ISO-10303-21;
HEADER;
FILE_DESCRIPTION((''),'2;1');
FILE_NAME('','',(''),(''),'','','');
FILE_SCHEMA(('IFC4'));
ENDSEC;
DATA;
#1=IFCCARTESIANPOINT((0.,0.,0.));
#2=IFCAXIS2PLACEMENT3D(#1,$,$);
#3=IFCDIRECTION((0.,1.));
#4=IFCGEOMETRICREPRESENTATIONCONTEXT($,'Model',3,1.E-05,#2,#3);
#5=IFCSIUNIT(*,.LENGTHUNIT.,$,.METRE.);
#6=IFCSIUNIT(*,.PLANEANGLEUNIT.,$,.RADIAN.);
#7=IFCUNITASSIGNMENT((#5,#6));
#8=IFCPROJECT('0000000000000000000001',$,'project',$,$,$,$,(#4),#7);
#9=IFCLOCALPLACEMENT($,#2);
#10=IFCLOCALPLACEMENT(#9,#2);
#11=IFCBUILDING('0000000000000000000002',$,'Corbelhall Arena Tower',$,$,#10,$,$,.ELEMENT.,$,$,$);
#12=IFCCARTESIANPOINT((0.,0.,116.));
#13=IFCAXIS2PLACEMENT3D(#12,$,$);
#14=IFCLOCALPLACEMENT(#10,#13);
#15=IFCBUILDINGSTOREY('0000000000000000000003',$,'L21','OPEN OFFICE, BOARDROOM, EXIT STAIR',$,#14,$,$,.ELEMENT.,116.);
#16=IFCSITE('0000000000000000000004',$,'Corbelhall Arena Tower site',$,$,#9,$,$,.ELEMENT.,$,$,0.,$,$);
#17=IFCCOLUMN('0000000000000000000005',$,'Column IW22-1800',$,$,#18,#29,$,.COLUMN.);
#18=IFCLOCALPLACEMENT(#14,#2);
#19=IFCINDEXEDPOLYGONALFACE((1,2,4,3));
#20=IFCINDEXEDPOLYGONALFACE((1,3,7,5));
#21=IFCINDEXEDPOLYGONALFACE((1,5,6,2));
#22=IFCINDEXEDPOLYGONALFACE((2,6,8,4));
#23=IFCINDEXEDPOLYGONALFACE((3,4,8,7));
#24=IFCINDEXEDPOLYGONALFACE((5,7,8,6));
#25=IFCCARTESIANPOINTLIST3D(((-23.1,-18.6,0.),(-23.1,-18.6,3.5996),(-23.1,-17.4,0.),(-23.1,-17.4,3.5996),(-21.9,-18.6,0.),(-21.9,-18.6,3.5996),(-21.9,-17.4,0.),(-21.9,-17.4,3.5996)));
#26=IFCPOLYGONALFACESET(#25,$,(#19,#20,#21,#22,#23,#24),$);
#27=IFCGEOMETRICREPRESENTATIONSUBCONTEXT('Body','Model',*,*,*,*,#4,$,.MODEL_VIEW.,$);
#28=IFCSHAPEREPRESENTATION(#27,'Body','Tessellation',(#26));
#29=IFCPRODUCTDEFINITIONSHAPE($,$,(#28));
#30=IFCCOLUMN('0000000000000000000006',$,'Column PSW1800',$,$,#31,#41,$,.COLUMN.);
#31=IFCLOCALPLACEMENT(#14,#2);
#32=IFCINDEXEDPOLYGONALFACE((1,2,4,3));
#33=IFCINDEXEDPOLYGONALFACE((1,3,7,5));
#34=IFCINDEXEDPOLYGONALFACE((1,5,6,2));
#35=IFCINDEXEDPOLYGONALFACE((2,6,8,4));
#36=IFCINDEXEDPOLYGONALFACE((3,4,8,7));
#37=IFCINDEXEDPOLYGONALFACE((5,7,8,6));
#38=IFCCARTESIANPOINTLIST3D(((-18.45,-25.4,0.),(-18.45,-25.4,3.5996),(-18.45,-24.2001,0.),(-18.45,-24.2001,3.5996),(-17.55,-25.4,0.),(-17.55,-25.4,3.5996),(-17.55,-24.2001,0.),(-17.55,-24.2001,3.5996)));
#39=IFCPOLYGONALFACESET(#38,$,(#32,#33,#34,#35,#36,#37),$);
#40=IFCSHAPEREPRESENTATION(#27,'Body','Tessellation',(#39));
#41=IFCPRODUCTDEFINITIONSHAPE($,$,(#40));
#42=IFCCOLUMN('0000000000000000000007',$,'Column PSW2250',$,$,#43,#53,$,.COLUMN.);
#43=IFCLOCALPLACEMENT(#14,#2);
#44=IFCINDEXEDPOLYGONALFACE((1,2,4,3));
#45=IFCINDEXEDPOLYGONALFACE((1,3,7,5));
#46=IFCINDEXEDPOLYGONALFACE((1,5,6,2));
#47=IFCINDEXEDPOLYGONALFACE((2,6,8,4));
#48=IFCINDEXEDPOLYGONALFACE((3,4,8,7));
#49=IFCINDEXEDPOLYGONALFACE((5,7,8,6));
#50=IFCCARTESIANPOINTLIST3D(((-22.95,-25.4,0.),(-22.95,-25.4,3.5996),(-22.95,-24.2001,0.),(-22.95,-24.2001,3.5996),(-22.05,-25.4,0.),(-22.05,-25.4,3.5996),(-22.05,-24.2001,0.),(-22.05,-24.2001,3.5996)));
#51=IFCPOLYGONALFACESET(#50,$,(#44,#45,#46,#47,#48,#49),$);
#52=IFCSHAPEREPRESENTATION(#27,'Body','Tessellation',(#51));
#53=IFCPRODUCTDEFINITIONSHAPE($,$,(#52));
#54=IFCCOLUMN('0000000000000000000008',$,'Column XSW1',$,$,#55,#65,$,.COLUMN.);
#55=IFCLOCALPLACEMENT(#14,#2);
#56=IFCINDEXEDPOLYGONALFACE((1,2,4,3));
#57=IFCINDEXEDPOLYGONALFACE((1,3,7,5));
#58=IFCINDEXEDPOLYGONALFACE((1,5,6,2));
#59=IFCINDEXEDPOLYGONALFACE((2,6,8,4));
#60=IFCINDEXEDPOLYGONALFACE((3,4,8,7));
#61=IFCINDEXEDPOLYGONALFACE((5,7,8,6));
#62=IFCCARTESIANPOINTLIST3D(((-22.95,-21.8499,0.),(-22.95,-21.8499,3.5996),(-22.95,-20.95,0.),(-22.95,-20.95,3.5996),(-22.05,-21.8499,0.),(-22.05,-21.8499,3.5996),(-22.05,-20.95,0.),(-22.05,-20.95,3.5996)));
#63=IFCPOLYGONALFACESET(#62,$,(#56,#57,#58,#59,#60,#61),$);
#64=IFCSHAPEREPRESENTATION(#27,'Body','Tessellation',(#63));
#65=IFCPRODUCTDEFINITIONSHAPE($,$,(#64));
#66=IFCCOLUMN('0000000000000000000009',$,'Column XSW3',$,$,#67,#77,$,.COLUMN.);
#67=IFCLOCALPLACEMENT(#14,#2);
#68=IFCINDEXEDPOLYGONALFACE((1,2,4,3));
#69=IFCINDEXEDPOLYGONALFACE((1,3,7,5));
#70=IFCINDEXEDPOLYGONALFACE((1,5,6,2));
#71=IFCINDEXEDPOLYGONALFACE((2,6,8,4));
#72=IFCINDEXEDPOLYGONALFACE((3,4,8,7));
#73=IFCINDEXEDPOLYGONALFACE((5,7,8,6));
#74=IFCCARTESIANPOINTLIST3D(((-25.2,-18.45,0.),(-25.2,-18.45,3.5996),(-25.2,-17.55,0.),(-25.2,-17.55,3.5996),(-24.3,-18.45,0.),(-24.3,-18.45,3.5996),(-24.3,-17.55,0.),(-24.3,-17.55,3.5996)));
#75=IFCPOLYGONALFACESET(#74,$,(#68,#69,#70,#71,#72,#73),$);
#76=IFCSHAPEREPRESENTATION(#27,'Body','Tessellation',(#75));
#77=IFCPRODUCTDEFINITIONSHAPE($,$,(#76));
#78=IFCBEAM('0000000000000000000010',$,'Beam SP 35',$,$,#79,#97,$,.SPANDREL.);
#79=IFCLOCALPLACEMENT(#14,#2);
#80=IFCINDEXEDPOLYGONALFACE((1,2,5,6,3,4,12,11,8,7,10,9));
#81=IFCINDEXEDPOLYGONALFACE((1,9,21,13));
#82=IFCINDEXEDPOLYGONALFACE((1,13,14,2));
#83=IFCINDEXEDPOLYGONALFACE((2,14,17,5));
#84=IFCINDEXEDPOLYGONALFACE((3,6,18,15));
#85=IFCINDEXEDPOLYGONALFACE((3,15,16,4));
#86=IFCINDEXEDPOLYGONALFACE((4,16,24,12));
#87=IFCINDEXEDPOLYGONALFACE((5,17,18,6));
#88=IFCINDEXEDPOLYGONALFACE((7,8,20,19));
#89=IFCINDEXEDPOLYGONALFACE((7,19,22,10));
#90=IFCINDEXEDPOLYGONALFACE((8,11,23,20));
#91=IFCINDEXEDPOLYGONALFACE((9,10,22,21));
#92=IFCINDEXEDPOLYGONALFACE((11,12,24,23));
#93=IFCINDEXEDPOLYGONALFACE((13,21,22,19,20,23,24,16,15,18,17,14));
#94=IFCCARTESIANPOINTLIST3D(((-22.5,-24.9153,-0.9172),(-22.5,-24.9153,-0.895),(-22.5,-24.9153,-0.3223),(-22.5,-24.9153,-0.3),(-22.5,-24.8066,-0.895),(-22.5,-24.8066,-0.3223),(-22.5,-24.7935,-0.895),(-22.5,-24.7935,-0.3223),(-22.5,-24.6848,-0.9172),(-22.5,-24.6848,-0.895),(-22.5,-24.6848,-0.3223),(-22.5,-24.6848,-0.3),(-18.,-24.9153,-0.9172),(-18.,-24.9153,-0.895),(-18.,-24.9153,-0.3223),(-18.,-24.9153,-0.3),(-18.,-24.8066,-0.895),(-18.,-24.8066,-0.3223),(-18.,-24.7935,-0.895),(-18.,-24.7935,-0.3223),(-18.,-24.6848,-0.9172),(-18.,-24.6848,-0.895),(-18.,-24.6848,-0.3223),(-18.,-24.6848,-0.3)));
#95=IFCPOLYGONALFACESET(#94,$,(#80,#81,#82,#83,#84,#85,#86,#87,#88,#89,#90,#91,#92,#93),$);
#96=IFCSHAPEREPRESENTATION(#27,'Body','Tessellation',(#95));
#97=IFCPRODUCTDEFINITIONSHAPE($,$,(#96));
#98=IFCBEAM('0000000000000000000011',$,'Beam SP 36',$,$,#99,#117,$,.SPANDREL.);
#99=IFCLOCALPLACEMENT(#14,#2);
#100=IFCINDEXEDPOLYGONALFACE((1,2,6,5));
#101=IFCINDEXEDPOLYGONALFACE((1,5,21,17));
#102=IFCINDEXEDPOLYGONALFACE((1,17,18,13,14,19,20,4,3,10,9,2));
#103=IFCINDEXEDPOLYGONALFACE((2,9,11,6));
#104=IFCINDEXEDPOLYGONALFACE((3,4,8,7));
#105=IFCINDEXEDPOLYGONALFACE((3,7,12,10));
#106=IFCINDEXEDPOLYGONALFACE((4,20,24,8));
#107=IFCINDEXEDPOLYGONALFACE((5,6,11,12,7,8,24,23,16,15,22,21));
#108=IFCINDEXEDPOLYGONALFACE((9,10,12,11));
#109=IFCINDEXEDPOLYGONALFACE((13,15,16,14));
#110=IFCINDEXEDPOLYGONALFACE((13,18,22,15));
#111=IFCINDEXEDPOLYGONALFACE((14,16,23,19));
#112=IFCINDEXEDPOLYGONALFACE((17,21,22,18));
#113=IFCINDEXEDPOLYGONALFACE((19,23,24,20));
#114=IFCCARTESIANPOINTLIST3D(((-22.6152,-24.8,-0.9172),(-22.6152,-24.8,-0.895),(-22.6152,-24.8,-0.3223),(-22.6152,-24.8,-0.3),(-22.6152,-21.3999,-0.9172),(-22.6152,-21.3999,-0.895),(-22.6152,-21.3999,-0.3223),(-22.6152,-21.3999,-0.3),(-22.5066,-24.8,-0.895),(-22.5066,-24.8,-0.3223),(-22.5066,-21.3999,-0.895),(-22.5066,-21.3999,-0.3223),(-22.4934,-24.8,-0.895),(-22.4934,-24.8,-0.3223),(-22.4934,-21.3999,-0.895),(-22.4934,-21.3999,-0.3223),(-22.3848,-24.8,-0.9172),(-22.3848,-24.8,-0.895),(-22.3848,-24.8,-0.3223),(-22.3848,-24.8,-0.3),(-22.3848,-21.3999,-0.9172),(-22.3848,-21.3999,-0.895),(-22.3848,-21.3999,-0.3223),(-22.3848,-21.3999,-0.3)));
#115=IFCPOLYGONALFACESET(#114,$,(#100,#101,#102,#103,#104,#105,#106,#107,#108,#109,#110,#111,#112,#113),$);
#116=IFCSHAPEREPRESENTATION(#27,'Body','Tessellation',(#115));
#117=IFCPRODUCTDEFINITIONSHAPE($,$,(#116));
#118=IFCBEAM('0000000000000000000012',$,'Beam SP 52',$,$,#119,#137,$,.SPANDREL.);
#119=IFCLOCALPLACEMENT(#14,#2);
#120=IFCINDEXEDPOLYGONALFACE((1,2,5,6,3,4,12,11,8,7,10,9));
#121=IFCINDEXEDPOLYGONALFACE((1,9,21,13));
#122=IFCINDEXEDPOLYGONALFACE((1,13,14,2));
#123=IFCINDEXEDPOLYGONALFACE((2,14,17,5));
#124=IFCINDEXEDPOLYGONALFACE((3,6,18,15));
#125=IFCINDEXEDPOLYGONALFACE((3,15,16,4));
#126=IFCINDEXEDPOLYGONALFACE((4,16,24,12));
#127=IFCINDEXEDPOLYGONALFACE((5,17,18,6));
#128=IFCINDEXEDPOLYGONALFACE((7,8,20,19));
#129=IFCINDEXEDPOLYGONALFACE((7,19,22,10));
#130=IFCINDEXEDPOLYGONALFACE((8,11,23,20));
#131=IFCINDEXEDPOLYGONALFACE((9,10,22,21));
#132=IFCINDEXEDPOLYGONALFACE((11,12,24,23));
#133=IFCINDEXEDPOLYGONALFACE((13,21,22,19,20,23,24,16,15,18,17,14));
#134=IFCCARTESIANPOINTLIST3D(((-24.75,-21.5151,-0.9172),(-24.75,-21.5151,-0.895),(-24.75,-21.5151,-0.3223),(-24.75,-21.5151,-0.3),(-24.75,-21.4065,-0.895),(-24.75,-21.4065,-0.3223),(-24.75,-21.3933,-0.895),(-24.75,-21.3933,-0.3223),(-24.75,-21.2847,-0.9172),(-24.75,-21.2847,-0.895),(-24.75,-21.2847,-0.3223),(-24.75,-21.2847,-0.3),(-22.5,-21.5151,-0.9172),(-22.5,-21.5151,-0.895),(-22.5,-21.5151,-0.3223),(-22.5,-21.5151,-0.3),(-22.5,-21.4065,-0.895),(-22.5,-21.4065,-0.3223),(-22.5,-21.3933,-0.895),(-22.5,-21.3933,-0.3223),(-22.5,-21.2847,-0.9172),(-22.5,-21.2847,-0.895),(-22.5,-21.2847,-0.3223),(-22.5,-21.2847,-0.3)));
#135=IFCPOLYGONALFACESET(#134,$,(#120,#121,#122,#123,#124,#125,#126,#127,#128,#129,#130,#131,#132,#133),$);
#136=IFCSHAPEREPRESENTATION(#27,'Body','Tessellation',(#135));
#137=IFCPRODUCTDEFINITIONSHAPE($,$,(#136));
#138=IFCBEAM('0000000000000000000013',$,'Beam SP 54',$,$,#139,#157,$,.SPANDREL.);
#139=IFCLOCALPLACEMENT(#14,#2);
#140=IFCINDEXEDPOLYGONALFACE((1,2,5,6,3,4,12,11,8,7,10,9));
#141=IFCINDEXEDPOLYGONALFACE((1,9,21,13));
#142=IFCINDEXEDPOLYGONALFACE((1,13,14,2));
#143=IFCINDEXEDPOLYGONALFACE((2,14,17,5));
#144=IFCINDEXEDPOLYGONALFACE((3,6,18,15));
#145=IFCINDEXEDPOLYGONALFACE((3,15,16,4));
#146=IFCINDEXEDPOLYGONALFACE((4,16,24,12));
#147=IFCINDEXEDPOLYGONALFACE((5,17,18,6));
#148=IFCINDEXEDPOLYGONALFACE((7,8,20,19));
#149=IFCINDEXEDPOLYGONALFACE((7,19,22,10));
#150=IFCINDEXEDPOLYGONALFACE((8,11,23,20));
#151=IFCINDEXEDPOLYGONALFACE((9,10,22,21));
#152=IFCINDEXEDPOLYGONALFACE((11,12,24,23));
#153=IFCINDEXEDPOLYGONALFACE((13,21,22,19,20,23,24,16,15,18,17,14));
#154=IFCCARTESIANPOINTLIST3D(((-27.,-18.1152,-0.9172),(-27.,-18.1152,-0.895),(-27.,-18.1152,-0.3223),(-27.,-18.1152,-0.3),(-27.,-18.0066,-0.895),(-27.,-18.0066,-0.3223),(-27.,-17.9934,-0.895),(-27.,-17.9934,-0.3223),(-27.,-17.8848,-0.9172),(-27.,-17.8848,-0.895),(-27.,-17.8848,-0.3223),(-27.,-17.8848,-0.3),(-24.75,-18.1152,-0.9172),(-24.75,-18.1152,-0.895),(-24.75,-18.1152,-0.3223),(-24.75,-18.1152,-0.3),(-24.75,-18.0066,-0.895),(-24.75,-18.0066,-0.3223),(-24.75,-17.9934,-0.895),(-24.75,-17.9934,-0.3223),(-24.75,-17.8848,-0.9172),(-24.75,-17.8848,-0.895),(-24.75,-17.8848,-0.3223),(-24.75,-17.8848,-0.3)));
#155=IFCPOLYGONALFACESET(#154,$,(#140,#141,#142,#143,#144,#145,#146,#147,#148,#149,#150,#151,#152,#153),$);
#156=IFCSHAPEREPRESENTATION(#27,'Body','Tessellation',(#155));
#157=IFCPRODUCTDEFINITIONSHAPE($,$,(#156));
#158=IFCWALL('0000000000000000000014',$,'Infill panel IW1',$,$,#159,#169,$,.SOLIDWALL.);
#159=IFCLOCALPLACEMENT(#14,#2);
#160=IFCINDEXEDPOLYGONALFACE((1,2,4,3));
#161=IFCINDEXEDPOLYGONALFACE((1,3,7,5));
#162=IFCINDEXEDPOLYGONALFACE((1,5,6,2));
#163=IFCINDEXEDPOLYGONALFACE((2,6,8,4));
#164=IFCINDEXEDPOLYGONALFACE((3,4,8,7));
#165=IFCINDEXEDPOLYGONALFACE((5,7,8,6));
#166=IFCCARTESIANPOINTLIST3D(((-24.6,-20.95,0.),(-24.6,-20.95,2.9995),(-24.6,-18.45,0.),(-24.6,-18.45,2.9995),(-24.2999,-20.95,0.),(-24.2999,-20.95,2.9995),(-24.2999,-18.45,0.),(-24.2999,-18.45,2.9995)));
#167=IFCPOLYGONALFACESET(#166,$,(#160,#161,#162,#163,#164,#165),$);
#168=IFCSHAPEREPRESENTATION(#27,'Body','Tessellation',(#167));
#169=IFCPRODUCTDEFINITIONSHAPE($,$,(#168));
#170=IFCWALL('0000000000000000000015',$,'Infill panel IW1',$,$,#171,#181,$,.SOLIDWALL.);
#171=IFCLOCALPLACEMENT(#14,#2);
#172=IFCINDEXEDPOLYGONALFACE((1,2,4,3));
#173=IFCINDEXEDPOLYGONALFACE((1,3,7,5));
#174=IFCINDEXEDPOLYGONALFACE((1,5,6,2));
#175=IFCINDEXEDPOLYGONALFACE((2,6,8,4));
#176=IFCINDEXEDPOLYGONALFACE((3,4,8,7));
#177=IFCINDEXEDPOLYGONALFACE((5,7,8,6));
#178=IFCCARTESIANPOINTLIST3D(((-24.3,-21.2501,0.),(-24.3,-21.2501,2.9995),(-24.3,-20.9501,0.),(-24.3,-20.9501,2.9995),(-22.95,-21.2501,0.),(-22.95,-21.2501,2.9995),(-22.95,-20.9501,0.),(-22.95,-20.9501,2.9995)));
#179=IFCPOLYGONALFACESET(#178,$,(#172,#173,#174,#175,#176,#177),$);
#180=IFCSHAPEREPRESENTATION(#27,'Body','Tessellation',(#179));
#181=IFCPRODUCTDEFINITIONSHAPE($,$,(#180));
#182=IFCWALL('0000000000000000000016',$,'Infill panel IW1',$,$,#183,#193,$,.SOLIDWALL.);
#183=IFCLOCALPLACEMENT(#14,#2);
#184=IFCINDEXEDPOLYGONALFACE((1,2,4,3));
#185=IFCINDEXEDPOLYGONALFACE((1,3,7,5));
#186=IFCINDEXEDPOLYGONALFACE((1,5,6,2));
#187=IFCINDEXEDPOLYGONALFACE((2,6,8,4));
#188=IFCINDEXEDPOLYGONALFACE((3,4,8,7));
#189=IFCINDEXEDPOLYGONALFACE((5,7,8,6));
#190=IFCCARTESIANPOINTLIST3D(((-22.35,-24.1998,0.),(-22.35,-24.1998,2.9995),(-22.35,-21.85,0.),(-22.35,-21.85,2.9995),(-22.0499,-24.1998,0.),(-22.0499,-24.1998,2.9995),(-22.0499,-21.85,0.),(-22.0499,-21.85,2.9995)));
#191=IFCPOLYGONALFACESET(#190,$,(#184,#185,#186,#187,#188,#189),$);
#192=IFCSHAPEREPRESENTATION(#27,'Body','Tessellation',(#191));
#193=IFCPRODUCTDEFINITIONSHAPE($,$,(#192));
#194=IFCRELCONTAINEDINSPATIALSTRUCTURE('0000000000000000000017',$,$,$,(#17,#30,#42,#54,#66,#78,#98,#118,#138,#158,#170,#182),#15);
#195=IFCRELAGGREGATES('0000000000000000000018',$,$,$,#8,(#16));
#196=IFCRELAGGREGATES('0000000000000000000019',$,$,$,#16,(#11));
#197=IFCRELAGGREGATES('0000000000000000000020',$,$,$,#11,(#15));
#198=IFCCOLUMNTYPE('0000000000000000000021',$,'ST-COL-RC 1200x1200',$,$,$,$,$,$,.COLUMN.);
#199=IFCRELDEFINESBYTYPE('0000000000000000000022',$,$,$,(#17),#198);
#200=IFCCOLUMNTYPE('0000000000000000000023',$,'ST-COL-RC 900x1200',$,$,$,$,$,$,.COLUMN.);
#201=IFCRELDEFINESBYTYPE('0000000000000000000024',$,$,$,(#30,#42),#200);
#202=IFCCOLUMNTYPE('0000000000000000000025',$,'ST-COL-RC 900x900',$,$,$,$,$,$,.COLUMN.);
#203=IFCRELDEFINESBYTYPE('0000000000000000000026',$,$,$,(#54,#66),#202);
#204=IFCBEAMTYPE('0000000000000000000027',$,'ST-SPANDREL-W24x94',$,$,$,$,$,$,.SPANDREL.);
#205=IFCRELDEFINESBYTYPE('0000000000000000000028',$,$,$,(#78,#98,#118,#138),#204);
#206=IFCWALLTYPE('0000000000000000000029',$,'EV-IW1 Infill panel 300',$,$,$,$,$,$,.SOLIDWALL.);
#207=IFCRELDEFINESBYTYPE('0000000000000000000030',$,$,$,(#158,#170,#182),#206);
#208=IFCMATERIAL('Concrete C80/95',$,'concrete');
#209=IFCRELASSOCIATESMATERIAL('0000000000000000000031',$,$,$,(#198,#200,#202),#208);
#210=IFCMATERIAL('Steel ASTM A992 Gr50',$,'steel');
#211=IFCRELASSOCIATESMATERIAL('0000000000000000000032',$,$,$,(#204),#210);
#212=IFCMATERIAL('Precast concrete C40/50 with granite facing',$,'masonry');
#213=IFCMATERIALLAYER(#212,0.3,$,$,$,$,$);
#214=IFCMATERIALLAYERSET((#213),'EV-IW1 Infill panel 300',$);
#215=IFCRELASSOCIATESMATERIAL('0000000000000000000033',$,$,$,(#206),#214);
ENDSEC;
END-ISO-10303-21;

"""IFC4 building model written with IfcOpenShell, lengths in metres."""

from ifc_helpers import new_model, si_unit, direction, frame, frame_2d, origin, origin_2d, place, context, subcontext, project, spatial, rectangle, i_section, extrude, material, layer, layer_set, material_profile, profile_set, type_object, element, save


model = new_model("IFC4")

# Units and contexts
model_context = context("Model", 3, precision=1e-05, world=origin(), true_north=direction((0.0, 1.0)))
body_context = subcontext(model_context, "Body", "Model", "MODEL_VIEW")
ifc_project = project(units=[si_unit("LENGTHUNIT", "METRE"), si_unit("PLANEANGLEUNIT", "RADIAN")], contexts=[model_context])

# Site, building, storey
site_placement = place(None, origin())
site = spatial("IfcSite", under=ifc_project, at=site_placement, Name="Corbelhall Arena Tower site", CompositionType="ELEMENT", RefElevation=0.0)
building_placement = place(site_placement, origin())
building = spatial("IfcBuilding", under=site, at=building_placement, Name="Corbelhall Arena Tower", CompositionType="ELEMENT")
storey_placement = place(building_placement, frame((0.0, 0.0, 116.0)))
storey = spatial("IfcBuildingStorey", under=building, at=storey_placement, Name="L21", Description="OPEN OFFICE, BOARDROOM, EXIT STAIR", CompositionType="ELEMENT", Elevation=116.0)

# Columns
ifc_material_1 = material(Name="Concrete C80/95", Category="concrete")
ifc_material_profile_1 = material_profile(ifc_material_1, rectangle(XDim=1.2, YDim=1.2, at=origin_2d()))
ifc_profile_set_1 = profile_set([ifc_material_profile_1], Name="Concrete C80/95")
column_type_1 = type_object("IfcColumnType", Name="ST-COL-RC 1200x1200", PredefinedType="COLUMN", material=ifc_profile_set_1)
column_placement = place(storey_placement, frame((-22.5, -18.0, 0.0), z_axis=(0.0, 0.0, 1.0), x_axis=(1.0, 0.0, 0.0)))
element("IfcColumn", 1, at=column_placement, inside=storey, type_object=column_type_1, Name="Column IW22-1800", PredefinedType="COLUMN", context=body_context, shape_type="SweptSolid", body=[
    extrude(rectangle(XDim=1.2, YDim=1.2, at=origin_2d()), origin(), (0.0, 0.0, 1.0), 3.5996),
])
ifc_material_profile_2 = material_profile(ifc_material_1, rectangle(XDim=0.8999, YDim=1.2, at=origin_2d()))
ifc_profile_set_2 = profile_set([ifc_material_profile_2], Name="Concrete C80/95")
column_type_2 = type_object("IfcColumnType", Name="ST-COL-RC 900x1200", PredefinedType="COLUMN", material=ifc_profile_set_2)
for number, where, z_axis, x_axis, name in (
    (2, (-18.0, -24.8, 0.0), (0.0, 0.0, 1.0), (1.0, 0.0, 0.0), "Column PSW1800"),
    (3, (-22.5, -24.8, 0.0), (0.0, 0.0, 1.0), (1.0, 0.0, 0.0), "Column PSW2250"),
):
    element("IfcColumn", number, at=place(storey_placement, frame(where, z_axis=z_axis, x_axis=x_axis)), inside=storey, type_object=column_type_2, Name=name, PredefinedType="COLUMN", context=body_context, shape_type="SweptSolid", body=[
        extrude(rectangle(XDim=0.8999, YDim=1.2, at=origin_2d()), origin(), (0.0, 0.0, 1.0), 3.5996),
    ])
ifc_material_profile_3 = material_profile(ifc_material_1, rectangle(XDim=0.8999, YDim=0.8999, at=origin_2d()))
ifc_profile_set_3 = profile_set([ifc_material_profile_3], Name="Concrete C80/95")
column_type_3 = type_object("IfcColumnType", Name="ST-COL-RC 900x900", PredefinedType="COLUMN", material=ifc_profile_set_3)
for number, where, z_axis, x_axis, name in (
    (4, (-22.5, -21.3999, 0.0), (0.0, 0.0, 1.0), (1.0, 0.0, 0.0), "Column XSW1"),
    (5, (-24.75, -18.0, 0.0), (0.0, 0.0, 1.0), (1.0, 0.0, 0.0), "Column XSW3"),
):
    element("IfcColumn", number, at=place(storey_placement, frame(where, z_axis=z_axis, x_axis=x_axis)), inside=storey, type_object=column_type_3, Name=name, PredefinedType="COLUMN", context=body_context, shape_type="SweptSolid", body=[
        extrude(rectangle(XDim=0.8999, YDim=0.8999, at=origin_2d()), origin(), (0.0, 0.0, 1.0), 3.5996),
    ])

# Beams
ifc_material_2 = material(Name="Steel ASTM A992 Gr50", Category="steel")
ifc_material_profile_4 = material_profile(ifc_material_2, i_section(OverallWidth=0.2305, OverallDepth=0.6172, WebThickness=0.0132, FlangeThickness=0.0222, at=origin_2d()))
ifc_profile_set_4 = profile_set([ifc_material_profile_4], Name="Steel ASTM A992 Gr50")
beam_type = type_object("IfcBeamType", Name="ST-SPANDREL-W24x94", PredefinedType="SPANDREL", material=ifc_profile_set_4)
beam_1_placement = place(storey_placement, frame((-18.0, -24.8, -0.6086), z_axis=(-1.0, 0.0, 0.0), x_axis=(0.0, -1.0, 0.0)))
element("IfcBeam", 6, at=beam_1_placement, inside=storey, type_object=beam_type, Name="Beam SP 35", PredefinedType="SPANDREL", context=body_context, shape_type="SweptSolid", body=[
    extrude(i_section(OverallWidth=0.2305, OverallDepth=0.6172, WebThickness=0.0132, FlangeThickness=0.0222, at=origin_2d()), origin(), (0.0, 0.0, 1.0), 4.5),
])
beam_2_placement = place(storey_placement, frame((-22.5, -24.8, -0.6086), z_axis=(0.0, 1.0, 0.0), x_axis=(-1.0, 0.0, 0.0)))
element("IfcBeam", 7, at=beam_2_placement, inside=storey, type_object=beam_type, Name="Beam SP 36", PredefinedType="SPANDREL", context=body_context, shape_type="SweptSolid", body=[
    extrude(i_section(OverallWidth=0.2305, OverallDepth=0.6172, WebThickness=0.0132, FlangeThickness=0.0222, at=origin_2d()), origin(), (0.0, 0.0, 1.0), 3.4001),
])
for number, where, z_axis, x_axis, name in (
    (8, (-22.5, -21.3999, -0.6086), (-1.0, 0.0, 0.0), (0.0, -1.0, 0.0), "Beam SP 52"),
    (9, (-24.75, -18.0, -0.6086), (-1.0, 0.0, 0.0), (0.0, -1.0, 0.0), "Beam SP 54"),
):
    element("IfcBeam", number, at=place(storey_placement, frame(where, z_axis=z_axis, x_axis=x_axis)), inside=storey, type_object=beam_type, Name=name, PredefinedType="SPANDREL", context=body_context, shape_type="SweptSolid", body=[
        extrude(i_section(OverallWidth=0.2305, OverallDepth=0.6172, WebThickness=0.0132, FlangeThickness=0.0222, at=origin_2d()), origin(), (0.0, 0.0, 1.0), 2.25),
    ])

# Walls
ifc_material_3 = material(Name="Precast concrete C40/50 with granite facing", Category="masonry")
ifc_layer_1 = layer(ifc_material_3, 0.3)
ifc_layer_set_1 = layer_set([ifc_layer_1], Name="EV-IW1 Infill panel 300")
wall_type_1 = type_object("IfcWallType", Name="EV-IW1 Infill panel 300", PredefinedType="SOLIDWALL", material=ifc_layer_set_1)
wall_1_placement = place(storey_placement, frame((-24.45, -18.45, 0.0), z_axis=(0.0, 0.0, 1.0), x_axis=(0.0, -1.0, 0.0)))
element("IfcWall", 10, at=wall_1_placement, inside=storey, type_object=wall_type_1, Name="Infill panel IW1", PredefinedType="SOLIDWALL", context=body_context, shape_type="SweptSolid", body=[
    extrude(rectangle(XDim=2.5, YDim=0.3, at=frame_2d((1.25, 0.0))), origin(), (0.0, 0.0, 1.0), 2.9995),
])
wall_2_placement = place(storey_placement, frame((-24.3, -21.1001, 0.0), z_axis=(0.0, 0.0, 1.0), x_axis=(1.0, 0.0, 0.0)))
element("IfcWall", 11, at=wall_2_placement, inside=storey, type_object=wall_type_1, Name="Infill panel IW1", PredefinedType="SOLIDWALL", context=body_context, shape_type="SweptSolid", body=[
    extrude(rectangle(XDim=1.3501, YDim=0.3, at=frame_2d((0.675, 0.0))), origin(), (0.0, 0.0, 1.0), 2.9995),
])
wall_3_placement = place(storey_placement, frame((-22.2, -21.8501, 0.0), z_axis=(0.0, 0.0, 1.0), x_axis=(0.0, -1.0, 0.0)))
element("IfcWall", 12, at=wall_3_placement, inside=storey, type_object=wall_type_1, Name="Infill panel IW1", PredefinedType="SOLIDWALL", context=body_context, shape_type="SweptSolid", body=[
    extrude(rectangle(XDim=2.3499, YDim=0.3, at=frame_2d((1.1748, 0.0))), origin(), (0.0, 0.0, 1.0), 2.9995),
])

save(model, "model.ifc")
